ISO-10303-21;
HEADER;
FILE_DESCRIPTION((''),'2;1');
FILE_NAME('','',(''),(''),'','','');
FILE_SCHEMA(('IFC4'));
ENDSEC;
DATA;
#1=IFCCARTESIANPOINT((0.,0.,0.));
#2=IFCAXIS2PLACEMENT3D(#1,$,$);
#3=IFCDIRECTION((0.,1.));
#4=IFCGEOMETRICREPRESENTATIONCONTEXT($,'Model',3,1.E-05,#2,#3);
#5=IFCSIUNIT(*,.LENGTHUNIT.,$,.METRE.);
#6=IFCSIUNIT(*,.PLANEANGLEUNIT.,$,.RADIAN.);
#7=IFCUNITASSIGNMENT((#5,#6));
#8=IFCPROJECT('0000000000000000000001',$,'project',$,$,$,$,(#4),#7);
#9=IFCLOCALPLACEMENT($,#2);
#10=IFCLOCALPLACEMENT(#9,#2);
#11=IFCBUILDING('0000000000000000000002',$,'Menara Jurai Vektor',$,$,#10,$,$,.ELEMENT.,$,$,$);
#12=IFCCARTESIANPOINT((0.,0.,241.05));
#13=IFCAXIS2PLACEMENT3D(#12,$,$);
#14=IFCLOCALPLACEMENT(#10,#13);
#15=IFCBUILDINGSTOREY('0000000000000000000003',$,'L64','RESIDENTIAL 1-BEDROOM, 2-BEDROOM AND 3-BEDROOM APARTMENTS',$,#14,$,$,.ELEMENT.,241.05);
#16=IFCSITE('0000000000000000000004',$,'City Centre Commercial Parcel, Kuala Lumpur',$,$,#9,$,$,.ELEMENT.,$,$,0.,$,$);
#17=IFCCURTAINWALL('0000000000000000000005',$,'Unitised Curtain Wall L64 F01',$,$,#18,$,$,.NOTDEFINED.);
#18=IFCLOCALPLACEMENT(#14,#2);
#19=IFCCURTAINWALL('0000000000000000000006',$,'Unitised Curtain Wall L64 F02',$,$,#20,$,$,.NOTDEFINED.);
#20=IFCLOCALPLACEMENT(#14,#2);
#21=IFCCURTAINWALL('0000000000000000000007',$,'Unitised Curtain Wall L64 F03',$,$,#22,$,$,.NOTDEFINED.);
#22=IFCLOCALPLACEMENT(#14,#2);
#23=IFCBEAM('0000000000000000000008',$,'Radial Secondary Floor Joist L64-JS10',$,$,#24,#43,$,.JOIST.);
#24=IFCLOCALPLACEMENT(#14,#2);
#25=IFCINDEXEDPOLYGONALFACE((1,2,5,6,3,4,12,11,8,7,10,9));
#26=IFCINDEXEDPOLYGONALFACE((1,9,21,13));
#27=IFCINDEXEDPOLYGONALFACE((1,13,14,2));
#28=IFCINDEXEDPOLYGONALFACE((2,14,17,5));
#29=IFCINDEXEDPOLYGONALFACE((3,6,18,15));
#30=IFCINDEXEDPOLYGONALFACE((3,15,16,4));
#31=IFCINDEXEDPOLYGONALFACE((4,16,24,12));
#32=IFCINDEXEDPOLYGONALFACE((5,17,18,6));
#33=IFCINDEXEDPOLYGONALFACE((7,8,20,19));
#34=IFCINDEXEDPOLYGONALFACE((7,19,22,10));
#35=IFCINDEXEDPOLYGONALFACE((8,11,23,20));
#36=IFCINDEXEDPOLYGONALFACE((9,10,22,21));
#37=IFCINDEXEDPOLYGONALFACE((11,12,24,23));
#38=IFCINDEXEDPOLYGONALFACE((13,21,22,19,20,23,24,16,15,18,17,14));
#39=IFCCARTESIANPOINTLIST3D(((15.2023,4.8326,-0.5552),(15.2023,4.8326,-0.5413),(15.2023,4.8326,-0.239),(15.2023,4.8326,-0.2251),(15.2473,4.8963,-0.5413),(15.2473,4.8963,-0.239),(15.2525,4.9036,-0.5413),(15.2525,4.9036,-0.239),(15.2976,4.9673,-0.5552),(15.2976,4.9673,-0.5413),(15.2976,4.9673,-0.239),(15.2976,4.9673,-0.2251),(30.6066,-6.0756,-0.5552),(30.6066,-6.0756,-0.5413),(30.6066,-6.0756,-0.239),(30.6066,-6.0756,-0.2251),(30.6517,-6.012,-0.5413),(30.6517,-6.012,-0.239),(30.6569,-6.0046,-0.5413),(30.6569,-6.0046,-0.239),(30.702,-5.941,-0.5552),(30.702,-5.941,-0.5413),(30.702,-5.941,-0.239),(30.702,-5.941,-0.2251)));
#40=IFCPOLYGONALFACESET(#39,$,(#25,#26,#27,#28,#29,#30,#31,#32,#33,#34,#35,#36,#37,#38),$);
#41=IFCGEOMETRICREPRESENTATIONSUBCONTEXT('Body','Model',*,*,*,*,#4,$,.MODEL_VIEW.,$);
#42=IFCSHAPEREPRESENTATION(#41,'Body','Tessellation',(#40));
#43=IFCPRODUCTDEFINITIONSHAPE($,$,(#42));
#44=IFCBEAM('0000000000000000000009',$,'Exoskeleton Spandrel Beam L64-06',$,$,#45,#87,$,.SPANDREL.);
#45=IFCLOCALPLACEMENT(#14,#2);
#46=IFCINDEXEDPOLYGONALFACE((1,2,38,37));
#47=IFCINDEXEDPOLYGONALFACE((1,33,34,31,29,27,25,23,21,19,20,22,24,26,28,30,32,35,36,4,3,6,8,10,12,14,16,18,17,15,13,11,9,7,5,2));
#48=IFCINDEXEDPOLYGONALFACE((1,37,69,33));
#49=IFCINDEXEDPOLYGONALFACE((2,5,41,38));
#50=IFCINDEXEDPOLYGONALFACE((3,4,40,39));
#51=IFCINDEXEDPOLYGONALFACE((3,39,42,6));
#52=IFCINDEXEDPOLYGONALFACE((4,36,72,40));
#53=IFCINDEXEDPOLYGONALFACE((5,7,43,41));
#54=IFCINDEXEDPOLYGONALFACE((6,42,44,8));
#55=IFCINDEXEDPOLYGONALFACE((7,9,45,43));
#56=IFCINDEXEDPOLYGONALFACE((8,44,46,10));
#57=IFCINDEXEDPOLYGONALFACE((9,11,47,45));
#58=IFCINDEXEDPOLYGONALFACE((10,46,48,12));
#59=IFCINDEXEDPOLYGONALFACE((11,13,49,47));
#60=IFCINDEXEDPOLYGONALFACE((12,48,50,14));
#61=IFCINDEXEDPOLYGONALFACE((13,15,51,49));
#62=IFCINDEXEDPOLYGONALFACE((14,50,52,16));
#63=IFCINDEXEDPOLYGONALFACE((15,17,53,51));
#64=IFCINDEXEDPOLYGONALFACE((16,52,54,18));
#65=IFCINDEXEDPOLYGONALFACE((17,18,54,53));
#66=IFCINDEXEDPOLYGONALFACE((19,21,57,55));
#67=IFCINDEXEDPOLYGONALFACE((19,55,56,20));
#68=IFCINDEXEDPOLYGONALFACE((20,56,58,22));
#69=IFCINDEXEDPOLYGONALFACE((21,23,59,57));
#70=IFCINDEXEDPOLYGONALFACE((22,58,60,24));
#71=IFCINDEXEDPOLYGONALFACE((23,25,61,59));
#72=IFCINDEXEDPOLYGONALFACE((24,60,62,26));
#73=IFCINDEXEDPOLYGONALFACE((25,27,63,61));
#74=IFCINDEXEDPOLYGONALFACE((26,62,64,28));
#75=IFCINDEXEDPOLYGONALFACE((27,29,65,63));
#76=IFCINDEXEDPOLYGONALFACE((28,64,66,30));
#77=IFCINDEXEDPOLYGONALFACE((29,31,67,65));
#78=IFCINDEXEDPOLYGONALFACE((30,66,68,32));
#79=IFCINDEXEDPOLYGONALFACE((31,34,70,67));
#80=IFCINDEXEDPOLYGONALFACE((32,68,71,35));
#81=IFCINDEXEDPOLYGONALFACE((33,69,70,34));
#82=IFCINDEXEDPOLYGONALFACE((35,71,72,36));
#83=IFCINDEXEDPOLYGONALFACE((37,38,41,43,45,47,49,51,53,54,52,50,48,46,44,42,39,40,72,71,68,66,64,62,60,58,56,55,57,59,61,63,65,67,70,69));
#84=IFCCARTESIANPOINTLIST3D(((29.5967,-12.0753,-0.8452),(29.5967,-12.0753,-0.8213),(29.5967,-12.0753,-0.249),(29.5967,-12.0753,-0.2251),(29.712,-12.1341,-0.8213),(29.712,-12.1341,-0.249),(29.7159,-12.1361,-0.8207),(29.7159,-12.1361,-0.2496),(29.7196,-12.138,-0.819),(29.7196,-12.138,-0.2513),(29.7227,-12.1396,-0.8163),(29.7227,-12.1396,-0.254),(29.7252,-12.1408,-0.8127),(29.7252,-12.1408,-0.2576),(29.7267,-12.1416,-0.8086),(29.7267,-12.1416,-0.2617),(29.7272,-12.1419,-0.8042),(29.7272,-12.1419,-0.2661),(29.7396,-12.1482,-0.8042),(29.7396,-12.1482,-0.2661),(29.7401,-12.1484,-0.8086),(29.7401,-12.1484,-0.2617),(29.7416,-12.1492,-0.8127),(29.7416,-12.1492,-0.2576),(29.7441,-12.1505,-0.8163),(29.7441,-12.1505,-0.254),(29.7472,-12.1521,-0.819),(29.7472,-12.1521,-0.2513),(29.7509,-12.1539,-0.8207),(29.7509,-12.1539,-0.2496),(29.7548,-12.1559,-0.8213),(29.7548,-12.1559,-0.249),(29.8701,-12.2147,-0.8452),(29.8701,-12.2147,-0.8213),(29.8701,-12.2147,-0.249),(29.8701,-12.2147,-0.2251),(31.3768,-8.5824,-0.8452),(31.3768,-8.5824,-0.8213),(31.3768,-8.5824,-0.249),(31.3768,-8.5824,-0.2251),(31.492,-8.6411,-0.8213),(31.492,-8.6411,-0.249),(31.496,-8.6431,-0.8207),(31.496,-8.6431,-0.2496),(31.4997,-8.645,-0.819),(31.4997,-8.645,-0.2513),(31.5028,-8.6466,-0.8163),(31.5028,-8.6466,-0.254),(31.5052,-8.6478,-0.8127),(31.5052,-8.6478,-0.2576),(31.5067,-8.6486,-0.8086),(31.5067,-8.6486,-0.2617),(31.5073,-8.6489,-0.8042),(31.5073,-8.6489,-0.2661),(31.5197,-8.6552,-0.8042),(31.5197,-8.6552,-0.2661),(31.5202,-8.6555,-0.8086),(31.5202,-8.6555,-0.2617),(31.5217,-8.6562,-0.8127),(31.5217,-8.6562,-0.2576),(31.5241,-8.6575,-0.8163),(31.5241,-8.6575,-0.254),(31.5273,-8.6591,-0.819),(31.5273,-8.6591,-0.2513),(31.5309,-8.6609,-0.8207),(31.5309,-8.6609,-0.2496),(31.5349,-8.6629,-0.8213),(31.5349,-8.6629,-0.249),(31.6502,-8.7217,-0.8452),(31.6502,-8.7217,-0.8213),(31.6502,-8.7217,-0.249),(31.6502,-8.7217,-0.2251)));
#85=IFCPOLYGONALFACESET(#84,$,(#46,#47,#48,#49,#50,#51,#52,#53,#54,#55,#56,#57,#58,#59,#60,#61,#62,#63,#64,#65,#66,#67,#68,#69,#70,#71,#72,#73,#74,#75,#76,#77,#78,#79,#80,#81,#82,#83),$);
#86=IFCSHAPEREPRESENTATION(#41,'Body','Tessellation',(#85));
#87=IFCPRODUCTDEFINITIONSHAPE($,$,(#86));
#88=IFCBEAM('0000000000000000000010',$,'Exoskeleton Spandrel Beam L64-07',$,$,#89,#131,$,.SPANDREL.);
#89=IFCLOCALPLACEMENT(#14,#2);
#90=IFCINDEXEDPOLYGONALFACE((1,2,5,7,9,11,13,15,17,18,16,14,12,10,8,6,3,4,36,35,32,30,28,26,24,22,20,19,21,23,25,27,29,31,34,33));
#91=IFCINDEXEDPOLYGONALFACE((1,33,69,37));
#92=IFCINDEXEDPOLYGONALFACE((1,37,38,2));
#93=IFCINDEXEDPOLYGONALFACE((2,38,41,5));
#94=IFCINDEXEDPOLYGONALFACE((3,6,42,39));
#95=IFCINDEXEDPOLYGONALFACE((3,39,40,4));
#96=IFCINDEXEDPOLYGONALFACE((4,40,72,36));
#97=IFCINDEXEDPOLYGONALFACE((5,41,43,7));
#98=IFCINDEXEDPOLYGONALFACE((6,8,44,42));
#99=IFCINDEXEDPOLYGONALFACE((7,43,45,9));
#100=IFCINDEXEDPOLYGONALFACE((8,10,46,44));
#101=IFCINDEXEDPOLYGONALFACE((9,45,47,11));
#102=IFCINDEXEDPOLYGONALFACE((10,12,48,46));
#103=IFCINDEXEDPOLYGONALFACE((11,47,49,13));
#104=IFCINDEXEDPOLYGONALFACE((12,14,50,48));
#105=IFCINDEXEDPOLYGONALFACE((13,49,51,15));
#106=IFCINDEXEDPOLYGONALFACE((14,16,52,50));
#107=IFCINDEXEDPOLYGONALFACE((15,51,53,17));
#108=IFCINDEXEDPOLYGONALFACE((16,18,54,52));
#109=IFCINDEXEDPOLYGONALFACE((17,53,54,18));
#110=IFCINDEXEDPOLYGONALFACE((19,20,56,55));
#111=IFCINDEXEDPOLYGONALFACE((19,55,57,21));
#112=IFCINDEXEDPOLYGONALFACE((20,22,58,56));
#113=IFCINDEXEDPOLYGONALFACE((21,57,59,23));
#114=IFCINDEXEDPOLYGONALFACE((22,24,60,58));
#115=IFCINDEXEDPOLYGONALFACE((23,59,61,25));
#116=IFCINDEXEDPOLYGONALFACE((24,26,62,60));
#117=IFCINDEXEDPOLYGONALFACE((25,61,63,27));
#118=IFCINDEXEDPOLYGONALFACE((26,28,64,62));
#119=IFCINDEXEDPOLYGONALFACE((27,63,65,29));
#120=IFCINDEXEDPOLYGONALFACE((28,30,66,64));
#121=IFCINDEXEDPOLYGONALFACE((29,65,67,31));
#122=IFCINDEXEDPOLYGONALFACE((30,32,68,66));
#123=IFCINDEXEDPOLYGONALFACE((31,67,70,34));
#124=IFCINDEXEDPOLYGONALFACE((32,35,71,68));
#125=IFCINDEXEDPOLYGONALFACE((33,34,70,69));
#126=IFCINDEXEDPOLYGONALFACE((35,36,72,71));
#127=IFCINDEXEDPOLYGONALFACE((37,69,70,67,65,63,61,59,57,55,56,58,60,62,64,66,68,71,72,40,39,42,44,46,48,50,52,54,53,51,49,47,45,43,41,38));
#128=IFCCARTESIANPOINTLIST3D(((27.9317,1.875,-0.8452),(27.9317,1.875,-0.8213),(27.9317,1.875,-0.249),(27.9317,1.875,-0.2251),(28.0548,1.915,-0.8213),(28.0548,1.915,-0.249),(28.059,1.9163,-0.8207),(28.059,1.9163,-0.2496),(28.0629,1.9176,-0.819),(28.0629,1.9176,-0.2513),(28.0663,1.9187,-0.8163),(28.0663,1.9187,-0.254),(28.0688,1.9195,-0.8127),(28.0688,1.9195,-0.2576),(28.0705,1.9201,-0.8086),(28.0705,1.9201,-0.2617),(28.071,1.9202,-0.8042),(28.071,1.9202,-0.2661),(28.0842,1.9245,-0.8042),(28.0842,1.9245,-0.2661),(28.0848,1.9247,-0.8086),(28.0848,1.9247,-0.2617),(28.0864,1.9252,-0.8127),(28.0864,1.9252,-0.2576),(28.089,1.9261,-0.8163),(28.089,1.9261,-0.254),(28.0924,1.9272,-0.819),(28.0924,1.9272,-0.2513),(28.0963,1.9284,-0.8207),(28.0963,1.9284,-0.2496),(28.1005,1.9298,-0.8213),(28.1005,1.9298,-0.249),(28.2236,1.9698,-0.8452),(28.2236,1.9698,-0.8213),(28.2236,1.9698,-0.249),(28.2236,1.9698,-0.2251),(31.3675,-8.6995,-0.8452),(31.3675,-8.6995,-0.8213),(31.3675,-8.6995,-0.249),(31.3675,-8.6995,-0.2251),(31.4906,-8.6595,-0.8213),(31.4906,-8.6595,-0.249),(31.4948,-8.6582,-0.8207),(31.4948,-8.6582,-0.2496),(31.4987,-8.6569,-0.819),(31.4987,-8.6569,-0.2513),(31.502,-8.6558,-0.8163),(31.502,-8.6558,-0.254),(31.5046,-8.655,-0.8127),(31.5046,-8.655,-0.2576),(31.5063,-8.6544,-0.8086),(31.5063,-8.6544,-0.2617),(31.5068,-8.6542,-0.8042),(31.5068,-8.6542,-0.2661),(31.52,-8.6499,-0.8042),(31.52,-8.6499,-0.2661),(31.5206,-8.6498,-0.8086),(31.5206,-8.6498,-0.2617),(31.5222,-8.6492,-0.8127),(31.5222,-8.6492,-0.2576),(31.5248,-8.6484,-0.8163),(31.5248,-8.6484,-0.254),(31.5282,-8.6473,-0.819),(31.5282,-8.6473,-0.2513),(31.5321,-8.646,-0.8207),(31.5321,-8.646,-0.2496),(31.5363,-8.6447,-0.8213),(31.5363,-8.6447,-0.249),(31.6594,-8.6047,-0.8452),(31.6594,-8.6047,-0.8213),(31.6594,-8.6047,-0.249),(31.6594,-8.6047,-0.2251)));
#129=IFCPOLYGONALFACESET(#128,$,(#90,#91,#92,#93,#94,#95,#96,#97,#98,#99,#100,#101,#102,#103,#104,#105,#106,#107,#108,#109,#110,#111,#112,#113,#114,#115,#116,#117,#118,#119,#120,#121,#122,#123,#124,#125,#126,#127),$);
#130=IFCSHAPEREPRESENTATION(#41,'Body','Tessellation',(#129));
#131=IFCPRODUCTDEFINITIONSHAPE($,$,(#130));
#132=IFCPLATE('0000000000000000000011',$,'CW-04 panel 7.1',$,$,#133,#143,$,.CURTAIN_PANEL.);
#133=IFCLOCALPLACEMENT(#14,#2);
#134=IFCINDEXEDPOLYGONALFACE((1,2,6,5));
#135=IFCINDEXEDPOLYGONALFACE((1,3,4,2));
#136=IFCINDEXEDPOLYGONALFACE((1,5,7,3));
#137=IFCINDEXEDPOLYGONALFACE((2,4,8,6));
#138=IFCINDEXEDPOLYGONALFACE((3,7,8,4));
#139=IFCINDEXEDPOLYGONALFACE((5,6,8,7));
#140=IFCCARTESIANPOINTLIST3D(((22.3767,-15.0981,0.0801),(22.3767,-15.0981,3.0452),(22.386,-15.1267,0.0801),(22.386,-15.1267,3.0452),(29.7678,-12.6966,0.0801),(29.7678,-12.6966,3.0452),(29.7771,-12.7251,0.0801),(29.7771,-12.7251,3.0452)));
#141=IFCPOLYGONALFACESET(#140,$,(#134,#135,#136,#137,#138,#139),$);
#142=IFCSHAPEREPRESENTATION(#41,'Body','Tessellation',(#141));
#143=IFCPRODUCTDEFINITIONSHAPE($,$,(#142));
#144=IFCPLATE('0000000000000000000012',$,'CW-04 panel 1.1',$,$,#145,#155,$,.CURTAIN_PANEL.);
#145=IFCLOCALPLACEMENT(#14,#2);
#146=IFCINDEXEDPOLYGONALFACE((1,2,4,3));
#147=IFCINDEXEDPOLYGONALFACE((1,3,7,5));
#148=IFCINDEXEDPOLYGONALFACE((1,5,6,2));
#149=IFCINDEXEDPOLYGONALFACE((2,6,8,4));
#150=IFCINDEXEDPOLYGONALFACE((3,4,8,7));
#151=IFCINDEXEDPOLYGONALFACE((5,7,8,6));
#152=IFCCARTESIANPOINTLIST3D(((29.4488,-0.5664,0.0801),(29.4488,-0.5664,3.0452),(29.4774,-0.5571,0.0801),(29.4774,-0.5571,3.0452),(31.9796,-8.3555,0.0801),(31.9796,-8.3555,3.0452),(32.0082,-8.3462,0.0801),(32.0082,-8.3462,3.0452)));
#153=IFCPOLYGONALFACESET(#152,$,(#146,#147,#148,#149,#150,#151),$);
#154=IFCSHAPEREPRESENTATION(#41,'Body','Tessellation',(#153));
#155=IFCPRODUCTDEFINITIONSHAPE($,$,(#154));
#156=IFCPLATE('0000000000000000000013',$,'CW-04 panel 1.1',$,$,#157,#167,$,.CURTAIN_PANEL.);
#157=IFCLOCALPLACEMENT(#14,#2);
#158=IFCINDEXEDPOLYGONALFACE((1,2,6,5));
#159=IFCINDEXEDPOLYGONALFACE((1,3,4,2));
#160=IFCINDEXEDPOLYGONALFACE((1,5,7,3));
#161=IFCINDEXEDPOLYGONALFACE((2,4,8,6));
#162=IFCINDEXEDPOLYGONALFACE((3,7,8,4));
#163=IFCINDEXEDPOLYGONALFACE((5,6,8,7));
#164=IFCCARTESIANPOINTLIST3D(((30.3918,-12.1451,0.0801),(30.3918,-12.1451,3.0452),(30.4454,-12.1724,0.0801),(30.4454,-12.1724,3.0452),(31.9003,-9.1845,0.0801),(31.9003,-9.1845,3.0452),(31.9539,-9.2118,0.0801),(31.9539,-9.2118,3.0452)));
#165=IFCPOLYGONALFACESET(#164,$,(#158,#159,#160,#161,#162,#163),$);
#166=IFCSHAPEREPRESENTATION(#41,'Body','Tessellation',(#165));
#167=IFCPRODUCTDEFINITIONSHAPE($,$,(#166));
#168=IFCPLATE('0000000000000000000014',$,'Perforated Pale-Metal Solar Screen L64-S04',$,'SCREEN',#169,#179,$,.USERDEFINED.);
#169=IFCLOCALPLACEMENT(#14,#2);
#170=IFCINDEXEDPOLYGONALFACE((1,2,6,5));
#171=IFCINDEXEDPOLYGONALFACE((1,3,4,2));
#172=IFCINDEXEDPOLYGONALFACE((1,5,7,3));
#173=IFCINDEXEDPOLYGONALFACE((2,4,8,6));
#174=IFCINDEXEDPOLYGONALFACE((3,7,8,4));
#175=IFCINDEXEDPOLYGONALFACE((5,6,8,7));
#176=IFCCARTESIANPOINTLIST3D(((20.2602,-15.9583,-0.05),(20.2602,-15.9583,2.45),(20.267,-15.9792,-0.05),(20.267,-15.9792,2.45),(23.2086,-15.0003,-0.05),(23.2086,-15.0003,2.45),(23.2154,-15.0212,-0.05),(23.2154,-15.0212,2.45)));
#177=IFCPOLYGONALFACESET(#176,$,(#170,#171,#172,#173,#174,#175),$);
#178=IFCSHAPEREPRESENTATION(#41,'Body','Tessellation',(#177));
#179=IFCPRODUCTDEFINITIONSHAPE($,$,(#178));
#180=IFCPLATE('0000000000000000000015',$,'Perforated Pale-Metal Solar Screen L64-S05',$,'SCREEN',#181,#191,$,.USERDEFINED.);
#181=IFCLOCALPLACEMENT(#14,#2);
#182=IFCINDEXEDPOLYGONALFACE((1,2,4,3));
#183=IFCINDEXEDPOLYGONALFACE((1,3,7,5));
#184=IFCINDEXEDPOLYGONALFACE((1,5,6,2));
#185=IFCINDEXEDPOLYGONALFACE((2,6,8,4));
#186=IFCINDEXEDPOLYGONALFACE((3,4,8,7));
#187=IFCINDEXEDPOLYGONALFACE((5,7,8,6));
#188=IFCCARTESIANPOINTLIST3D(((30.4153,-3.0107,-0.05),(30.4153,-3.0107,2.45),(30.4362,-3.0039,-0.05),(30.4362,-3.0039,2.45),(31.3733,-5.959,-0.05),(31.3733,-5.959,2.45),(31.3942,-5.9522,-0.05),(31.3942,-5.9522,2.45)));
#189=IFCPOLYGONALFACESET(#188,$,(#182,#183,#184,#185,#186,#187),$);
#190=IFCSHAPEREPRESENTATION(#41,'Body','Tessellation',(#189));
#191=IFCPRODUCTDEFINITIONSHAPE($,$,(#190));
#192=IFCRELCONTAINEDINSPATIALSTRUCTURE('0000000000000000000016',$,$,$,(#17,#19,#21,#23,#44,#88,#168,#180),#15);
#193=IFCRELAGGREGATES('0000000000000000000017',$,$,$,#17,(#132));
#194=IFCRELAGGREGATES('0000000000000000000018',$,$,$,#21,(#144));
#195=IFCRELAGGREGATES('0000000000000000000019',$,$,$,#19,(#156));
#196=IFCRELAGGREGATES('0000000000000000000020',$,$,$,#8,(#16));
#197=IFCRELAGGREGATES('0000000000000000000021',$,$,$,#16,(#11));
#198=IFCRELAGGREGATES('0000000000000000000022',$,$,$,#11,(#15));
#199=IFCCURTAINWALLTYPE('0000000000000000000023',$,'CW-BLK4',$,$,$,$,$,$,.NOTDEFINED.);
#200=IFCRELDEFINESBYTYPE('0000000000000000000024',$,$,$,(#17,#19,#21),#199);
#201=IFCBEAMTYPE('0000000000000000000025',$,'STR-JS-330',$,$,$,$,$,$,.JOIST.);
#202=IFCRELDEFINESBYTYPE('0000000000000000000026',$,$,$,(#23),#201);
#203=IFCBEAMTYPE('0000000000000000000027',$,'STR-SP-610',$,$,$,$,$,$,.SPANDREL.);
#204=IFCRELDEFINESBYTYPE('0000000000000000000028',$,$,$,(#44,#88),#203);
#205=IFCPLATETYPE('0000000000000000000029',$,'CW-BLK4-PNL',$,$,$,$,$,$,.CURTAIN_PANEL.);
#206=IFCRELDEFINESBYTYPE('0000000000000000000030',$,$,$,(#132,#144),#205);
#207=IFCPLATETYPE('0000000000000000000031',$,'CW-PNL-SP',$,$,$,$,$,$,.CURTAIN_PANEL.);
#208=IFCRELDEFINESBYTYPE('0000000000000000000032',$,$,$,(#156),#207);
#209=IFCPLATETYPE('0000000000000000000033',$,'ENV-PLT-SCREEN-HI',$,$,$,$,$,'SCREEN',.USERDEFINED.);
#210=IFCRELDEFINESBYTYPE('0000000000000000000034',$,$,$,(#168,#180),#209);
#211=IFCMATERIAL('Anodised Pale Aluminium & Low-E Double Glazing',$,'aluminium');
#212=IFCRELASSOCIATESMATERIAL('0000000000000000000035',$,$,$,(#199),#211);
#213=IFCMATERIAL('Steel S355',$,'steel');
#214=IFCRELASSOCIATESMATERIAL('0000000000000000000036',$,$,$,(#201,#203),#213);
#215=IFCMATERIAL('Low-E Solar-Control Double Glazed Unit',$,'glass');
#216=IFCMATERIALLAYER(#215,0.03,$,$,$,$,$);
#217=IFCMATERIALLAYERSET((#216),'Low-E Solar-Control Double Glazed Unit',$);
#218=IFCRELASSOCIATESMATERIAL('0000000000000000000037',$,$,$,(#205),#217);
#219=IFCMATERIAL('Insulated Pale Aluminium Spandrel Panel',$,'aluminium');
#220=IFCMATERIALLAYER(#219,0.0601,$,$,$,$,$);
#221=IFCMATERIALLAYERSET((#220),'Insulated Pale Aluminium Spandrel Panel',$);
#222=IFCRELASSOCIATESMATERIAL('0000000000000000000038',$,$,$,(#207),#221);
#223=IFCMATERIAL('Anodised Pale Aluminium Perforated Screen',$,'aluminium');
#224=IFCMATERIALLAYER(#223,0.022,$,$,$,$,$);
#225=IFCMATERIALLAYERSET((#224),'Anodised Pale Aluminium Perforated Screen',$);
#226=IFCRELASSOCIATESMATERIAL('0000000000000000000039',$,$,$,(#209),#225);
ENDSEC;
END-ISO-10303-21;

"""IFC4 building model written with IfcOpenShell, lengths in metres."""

from ifc_helpers import new_model, si_unit, direction, frame, origin, origin_2d, place, context, subcontext, project, spatial, rectangle, i_section, extrude, material, layer, layer_set, material_profile, profile_set, type_object, element, aggregate, save


model = new_model("IFC4")

# Units and contexts
model_context = context("Model", 3, precision=1e-05, world=origin(), true_north=direction((0.0, 1.0)))
body_context = subcontext(model_context, "Body", "Model", "MODEL_VIEW")
ifc_project = project(units=[si_unit("LENGTHUNIT", "METRE"), si_unit("PLANEANGLEUNIT", "RADIAN")], contexts=[model_context])

# Site, building, storey
site_placement = place(None, origin())
site = spatial("IfcSite", under=ifc_project, at=site_placement, Name="City Centre Commercial Parcel, Kuala Lumpur", CompositionType="ELEMENT", RefElevation=0.0)
building_placement = place(site_placement, origin())
building = spatial("IfcBuilding", under=site, at=building_placement, Name="Menara Jurai Vektor", CompositionType="ELEMENT")
storey_placement = place(building_placement, frame((0.0, 0.0, 241.05)))
storey = spatial("IfcBuildingStorey", under=building, at=storey_placement, Name="L64", Description="RESIDENTIAL 1-BEDROOM, 2-BEDROOM AND 3-BEDROOM APARTMENTS", CompositionType="ELEMENT", Elevation=241.05)

# Curtain walls
ifc_material_1 = material(Name="Anodised Pale Aluminium & Low-E Double Glazing", Category="aluminium")
curtain_wall_type = type_object("IfcCurtainWallType", Name="CW-BLK4", PredefinedType="NOTDEFINED", material=ifc_material_1)
curtain_wall_1_placement = place(storey_placement, origin())
curtain_wall_1 = element("IfcCurtainWall", 1, at=curtain_wall_1_placement, inside=storey, type_object=curtain_wall_type, Name="Unitised Curtain Wall L64 F01", PredefinedType="NOTDEFINED")
curtain_wall_2_placement = place(storey_placement, origin())
curtain_wall_2 = element("IfcCurtainWall", 2, at=curtain_wall_2_placement, inside=storey, type_object=curtain_wall_type, Name="Unitised Curtain Wall L64 F02", PredefinedType="NOTDEFINED")

# Curtain wall
curtain_wall_3_placement = place(storey_placement, origin())
curtain_wall_3 = element("IfcCurtainWall", 3, at=curtain_wall_3_placement, inside=storey, type_object=curtain_wall_type, Name="Unitised Curtain Wall L64 F03", PredefinedType="NOTDEFINED")

# Shared definitions
ifc_material_2 = material(Name="Steel S355", Category="steel")

# Beams
ifc_material_profile_1 = material_profile(ifc_material_2, i_section(OverallWidth=0.165, OverallDepth=0.3301, WebThickness=0.009, FlangeThickness=0.0139, at=origin_2d()), Name="PG 330x165x46")
ifc_profile_set_1 = profile_set([ifc_material_profile_1], Name="Steel S355")
beam_type_1 = type_object("IfcBeamType", Name="STR-JS-330", PredefinedType="JOIST", material=ifc_profile_set_1)
beam_1_placement = place(storey_placement, frame((30.6543, -6.0083, -0.3901), z_axis=(-0.816104, 0.577905, 0.0), x_axis=(-0.577905, -0.816104, 0.0)))
element("IfcBeam", 4, at=beam_1_placement, inside=storey, type_object=beam_type_1, Name="Radial Secondary Floor Joist L64-JS10", PredefinedType="JOIST", context=body_context, shape_type="SweptSolid", body=[
    extrude(i_section(OverallWidth=0.165, OverallDepth=0.3301, WebThickness=0.009, FlangeThickness=0.0139, at=origin_2d()), origin(), (0.0, 0.0, 1.0), 18.8755),
])
ifc_material_profile_2 = material_profile(ifc_material_2, i_section(OverallWidth=0.3069, OverallDepth=0.6201, WebThickness=0.0139, FlangeThickness=0.0239, FilletRadius=0.0171, at=origin_2d()), Name="UKB 610x305x179")
ifc_profile_set_2 = profile_set([ifc_material_profile_2], Name="Steel S355")
beam_type_2 = type_object("IfcBeamType", Name="STR-SP-610", PredefinedType="SPANDREL", material=ifc_profile_set_2)
beam_2_placement = place(storey_placement, frame((29.7334, -12.145, -0.5352), z_axis=(0.454051, 0.890976, 0.0), x_axis=(-0.890976, 0.454051, 0.0)))
element("IfcBeam", 5, at=beam_2_placement, inside=storey, type_object=beam_type_2, Name="Exoskeleton Spandrel Beam L64-06", PredefinedType="SPANDREL", context=body_context, shape_type="SweptSolid", body=[
    extrude(i_section(OverallWidth=0.3069, OverallDepth=0.6201, WebThickness=0.0139, FlangeThickness=0.0239, FilletRadius=0.0171, at=origin_2d()), origin(), (0.0, 0.0, 1.0), 3.9204),
])
beam_3_placement = place(storey_placement, frame((31.5134, -8.6521, -0.5352), z_axis=(-0.309012, 0.951058, 0.0), x_axis=(-0.951058, -0.309012, 0.0)))
element("IfcBeam", 6, at=beam_3_placement, inside=storey, type_object=beam_type_2, Name="Exoskeleton Spandrel Beam L64-07", PredefinedType="SPANDREL", context=body_context, shape_type="SweptSolid", body=[
    extrude(i_section(OverallWidth=0.3069, OverallDepth=0.6201, WebThickness=0.0139, FlangeThickness=0.0239, FilletRadius=0.0171, at=origin_2d()), origin(), (0.0, 0.0, 1.0), 11.1187),
])

# Plates
ifc_material_3 = material(Name="Low-E Solar-Control Double Glazed Unit", Category="glass")
ifc_layer_1 = layer(ifc_material_3, 0.03)
ifc_layer_set_1 = layer_set([ifc_layer_1], Name="Low-E Solar-Control Double Glazed Unit")
plate_type_1 = type_object("IfcPlateType", Name="CW-BLK4-PNL", PredefinedType="CURTAIN_PANEL", material=ifc_layer_set_1)
plate_1_placement = place(storey_placement, frame((26.0769, -13.9116, 0.0801), z_axis=(0.0, 0.0, 1.0), x_axis=(0.951056, 0.309017, 0.0)))
plate_1 = element("IfcPlate", 7, at=plate_1_placement, type_object=plate_type_1, Name="CW-04 panel 7.1", PredefinedType="CURTAIN_PANEL", context=body_context, shape_type="SweptSolid", body=[
    extrude(rectangle(XDim=7.7715, YDim=0.03, at=origin_2d()), origin(), (0.0, 0.0, 1.0), 2.9651),
])
aggregate(curtain_wall_1, [plate_1])
plate_2_placement = place(storey_placement, frame((30.7285, -4.4563, 0.0801), z_axis=(0.0, 0.0, 1.0), x_axis=(-0.309016, 0.951057, 0.0)))
plate_2 = element("IfcPlate", 8, at=plate_2_placement, type_object=plate_type_1, Name="CW-04 panel 1.1", PredefinedType="CURTAIN_PANEL", context=body_context, shape_type="SweptSolid", body=[
    extrude(rectangle(XDim=8.1899, YDim=0.03, at=origin_2d()), origin(), (0.0, 0.0, 1.0), 2.9651),
])
aggregate(curtain_wall_3, [plate_2])
ifc_material_4 = material(Name="Insulated Pale Aluminium Spandrel Panel", Category="aluminium")
ifc_layer_2 = layer(ifc_material_4, 0.0601)
ifc_layer_set_2 = layer_set([ifc_layer_2], Name="Insulated Pale Aluminium Spandrel Panel")
plate_type_2 = type_object("IfcPlateType", Name="CW-PNL-SP", PredefinedType="CURTAIN_PANEL", material=ifc_layer_set_2)
plate_3_placement = place(storey_placement, frame((31.1729, -10.6785, 0.0801), z_axis=(0.0, 0.0, 1.0), x_axis=(0.453989, 0.891008, 0.0)))
plate_3 = element("IfcPlate", 9, at=plate_3_placement, type_object=plate_type_2, Name="CW-04 panel 1.1", PredefinedType="CURTAIN_PANEL", context=body_context, shape_type="SweptSolid", body=[
    extrude(rectangle(XDim=3.3228, YDim=0.0601, at=origin_2d()), origin(), (0.0, 0.0, 1.0), 2.9651),
])
aggregate(curtain_wall_2, [plate_3])

# Plates
ifc_material_5 = material(Name="Anodised Pale Aluminium Perforated Screen", Category="aluminium")
ifc_layer_3 = layer(ifc_material_5, 0.022)
ifc_layer_set_3 = layer_set([ifc_layer_3], Name="Anodised Pale Aluminium Perforated Screen")
plate_type_3 = type_object("IfcPlateType", Name="ENV-PLT-SCREEN-HI", ElementType="SCREEN", PredefinedType="USERDEFINED", material=ifc_layer_set_3)
for number, where, z_axis, x_axis, name in (
    (10, (21.7378, -15.4897, -0.05), (0.0, 0.0, 1.0), (0.951057, 0.309017, 0.0), "Perforated Pale-Metal Solar Screen L64-S04"),
    (11, (30.9048, -4.4814, -0.05), (0.0, 0.0, 1.0), (-0.309017, 0.951057, 0.0), "Perforated Pale-Metal Solar Screen L64-S05"),
):
    element("IfcPlate", number, at=place(storey_placement, frame(where, z_axis=z_axis, x_axis=x_axis)), inside=storey, type_object=plate_type_3, Name=name, ObjectType="SCREEN", PredefinedType="USERDEFINED", context=body_context, shape_type="SweptSolid", body=[
        extrude(rectangle(XDim=3.1001, YDim=0.022, at=origin_2d()), origin(), (0.0, 0.0, 1.0), 2.5),
    ])

save(model, "model.ifc")
